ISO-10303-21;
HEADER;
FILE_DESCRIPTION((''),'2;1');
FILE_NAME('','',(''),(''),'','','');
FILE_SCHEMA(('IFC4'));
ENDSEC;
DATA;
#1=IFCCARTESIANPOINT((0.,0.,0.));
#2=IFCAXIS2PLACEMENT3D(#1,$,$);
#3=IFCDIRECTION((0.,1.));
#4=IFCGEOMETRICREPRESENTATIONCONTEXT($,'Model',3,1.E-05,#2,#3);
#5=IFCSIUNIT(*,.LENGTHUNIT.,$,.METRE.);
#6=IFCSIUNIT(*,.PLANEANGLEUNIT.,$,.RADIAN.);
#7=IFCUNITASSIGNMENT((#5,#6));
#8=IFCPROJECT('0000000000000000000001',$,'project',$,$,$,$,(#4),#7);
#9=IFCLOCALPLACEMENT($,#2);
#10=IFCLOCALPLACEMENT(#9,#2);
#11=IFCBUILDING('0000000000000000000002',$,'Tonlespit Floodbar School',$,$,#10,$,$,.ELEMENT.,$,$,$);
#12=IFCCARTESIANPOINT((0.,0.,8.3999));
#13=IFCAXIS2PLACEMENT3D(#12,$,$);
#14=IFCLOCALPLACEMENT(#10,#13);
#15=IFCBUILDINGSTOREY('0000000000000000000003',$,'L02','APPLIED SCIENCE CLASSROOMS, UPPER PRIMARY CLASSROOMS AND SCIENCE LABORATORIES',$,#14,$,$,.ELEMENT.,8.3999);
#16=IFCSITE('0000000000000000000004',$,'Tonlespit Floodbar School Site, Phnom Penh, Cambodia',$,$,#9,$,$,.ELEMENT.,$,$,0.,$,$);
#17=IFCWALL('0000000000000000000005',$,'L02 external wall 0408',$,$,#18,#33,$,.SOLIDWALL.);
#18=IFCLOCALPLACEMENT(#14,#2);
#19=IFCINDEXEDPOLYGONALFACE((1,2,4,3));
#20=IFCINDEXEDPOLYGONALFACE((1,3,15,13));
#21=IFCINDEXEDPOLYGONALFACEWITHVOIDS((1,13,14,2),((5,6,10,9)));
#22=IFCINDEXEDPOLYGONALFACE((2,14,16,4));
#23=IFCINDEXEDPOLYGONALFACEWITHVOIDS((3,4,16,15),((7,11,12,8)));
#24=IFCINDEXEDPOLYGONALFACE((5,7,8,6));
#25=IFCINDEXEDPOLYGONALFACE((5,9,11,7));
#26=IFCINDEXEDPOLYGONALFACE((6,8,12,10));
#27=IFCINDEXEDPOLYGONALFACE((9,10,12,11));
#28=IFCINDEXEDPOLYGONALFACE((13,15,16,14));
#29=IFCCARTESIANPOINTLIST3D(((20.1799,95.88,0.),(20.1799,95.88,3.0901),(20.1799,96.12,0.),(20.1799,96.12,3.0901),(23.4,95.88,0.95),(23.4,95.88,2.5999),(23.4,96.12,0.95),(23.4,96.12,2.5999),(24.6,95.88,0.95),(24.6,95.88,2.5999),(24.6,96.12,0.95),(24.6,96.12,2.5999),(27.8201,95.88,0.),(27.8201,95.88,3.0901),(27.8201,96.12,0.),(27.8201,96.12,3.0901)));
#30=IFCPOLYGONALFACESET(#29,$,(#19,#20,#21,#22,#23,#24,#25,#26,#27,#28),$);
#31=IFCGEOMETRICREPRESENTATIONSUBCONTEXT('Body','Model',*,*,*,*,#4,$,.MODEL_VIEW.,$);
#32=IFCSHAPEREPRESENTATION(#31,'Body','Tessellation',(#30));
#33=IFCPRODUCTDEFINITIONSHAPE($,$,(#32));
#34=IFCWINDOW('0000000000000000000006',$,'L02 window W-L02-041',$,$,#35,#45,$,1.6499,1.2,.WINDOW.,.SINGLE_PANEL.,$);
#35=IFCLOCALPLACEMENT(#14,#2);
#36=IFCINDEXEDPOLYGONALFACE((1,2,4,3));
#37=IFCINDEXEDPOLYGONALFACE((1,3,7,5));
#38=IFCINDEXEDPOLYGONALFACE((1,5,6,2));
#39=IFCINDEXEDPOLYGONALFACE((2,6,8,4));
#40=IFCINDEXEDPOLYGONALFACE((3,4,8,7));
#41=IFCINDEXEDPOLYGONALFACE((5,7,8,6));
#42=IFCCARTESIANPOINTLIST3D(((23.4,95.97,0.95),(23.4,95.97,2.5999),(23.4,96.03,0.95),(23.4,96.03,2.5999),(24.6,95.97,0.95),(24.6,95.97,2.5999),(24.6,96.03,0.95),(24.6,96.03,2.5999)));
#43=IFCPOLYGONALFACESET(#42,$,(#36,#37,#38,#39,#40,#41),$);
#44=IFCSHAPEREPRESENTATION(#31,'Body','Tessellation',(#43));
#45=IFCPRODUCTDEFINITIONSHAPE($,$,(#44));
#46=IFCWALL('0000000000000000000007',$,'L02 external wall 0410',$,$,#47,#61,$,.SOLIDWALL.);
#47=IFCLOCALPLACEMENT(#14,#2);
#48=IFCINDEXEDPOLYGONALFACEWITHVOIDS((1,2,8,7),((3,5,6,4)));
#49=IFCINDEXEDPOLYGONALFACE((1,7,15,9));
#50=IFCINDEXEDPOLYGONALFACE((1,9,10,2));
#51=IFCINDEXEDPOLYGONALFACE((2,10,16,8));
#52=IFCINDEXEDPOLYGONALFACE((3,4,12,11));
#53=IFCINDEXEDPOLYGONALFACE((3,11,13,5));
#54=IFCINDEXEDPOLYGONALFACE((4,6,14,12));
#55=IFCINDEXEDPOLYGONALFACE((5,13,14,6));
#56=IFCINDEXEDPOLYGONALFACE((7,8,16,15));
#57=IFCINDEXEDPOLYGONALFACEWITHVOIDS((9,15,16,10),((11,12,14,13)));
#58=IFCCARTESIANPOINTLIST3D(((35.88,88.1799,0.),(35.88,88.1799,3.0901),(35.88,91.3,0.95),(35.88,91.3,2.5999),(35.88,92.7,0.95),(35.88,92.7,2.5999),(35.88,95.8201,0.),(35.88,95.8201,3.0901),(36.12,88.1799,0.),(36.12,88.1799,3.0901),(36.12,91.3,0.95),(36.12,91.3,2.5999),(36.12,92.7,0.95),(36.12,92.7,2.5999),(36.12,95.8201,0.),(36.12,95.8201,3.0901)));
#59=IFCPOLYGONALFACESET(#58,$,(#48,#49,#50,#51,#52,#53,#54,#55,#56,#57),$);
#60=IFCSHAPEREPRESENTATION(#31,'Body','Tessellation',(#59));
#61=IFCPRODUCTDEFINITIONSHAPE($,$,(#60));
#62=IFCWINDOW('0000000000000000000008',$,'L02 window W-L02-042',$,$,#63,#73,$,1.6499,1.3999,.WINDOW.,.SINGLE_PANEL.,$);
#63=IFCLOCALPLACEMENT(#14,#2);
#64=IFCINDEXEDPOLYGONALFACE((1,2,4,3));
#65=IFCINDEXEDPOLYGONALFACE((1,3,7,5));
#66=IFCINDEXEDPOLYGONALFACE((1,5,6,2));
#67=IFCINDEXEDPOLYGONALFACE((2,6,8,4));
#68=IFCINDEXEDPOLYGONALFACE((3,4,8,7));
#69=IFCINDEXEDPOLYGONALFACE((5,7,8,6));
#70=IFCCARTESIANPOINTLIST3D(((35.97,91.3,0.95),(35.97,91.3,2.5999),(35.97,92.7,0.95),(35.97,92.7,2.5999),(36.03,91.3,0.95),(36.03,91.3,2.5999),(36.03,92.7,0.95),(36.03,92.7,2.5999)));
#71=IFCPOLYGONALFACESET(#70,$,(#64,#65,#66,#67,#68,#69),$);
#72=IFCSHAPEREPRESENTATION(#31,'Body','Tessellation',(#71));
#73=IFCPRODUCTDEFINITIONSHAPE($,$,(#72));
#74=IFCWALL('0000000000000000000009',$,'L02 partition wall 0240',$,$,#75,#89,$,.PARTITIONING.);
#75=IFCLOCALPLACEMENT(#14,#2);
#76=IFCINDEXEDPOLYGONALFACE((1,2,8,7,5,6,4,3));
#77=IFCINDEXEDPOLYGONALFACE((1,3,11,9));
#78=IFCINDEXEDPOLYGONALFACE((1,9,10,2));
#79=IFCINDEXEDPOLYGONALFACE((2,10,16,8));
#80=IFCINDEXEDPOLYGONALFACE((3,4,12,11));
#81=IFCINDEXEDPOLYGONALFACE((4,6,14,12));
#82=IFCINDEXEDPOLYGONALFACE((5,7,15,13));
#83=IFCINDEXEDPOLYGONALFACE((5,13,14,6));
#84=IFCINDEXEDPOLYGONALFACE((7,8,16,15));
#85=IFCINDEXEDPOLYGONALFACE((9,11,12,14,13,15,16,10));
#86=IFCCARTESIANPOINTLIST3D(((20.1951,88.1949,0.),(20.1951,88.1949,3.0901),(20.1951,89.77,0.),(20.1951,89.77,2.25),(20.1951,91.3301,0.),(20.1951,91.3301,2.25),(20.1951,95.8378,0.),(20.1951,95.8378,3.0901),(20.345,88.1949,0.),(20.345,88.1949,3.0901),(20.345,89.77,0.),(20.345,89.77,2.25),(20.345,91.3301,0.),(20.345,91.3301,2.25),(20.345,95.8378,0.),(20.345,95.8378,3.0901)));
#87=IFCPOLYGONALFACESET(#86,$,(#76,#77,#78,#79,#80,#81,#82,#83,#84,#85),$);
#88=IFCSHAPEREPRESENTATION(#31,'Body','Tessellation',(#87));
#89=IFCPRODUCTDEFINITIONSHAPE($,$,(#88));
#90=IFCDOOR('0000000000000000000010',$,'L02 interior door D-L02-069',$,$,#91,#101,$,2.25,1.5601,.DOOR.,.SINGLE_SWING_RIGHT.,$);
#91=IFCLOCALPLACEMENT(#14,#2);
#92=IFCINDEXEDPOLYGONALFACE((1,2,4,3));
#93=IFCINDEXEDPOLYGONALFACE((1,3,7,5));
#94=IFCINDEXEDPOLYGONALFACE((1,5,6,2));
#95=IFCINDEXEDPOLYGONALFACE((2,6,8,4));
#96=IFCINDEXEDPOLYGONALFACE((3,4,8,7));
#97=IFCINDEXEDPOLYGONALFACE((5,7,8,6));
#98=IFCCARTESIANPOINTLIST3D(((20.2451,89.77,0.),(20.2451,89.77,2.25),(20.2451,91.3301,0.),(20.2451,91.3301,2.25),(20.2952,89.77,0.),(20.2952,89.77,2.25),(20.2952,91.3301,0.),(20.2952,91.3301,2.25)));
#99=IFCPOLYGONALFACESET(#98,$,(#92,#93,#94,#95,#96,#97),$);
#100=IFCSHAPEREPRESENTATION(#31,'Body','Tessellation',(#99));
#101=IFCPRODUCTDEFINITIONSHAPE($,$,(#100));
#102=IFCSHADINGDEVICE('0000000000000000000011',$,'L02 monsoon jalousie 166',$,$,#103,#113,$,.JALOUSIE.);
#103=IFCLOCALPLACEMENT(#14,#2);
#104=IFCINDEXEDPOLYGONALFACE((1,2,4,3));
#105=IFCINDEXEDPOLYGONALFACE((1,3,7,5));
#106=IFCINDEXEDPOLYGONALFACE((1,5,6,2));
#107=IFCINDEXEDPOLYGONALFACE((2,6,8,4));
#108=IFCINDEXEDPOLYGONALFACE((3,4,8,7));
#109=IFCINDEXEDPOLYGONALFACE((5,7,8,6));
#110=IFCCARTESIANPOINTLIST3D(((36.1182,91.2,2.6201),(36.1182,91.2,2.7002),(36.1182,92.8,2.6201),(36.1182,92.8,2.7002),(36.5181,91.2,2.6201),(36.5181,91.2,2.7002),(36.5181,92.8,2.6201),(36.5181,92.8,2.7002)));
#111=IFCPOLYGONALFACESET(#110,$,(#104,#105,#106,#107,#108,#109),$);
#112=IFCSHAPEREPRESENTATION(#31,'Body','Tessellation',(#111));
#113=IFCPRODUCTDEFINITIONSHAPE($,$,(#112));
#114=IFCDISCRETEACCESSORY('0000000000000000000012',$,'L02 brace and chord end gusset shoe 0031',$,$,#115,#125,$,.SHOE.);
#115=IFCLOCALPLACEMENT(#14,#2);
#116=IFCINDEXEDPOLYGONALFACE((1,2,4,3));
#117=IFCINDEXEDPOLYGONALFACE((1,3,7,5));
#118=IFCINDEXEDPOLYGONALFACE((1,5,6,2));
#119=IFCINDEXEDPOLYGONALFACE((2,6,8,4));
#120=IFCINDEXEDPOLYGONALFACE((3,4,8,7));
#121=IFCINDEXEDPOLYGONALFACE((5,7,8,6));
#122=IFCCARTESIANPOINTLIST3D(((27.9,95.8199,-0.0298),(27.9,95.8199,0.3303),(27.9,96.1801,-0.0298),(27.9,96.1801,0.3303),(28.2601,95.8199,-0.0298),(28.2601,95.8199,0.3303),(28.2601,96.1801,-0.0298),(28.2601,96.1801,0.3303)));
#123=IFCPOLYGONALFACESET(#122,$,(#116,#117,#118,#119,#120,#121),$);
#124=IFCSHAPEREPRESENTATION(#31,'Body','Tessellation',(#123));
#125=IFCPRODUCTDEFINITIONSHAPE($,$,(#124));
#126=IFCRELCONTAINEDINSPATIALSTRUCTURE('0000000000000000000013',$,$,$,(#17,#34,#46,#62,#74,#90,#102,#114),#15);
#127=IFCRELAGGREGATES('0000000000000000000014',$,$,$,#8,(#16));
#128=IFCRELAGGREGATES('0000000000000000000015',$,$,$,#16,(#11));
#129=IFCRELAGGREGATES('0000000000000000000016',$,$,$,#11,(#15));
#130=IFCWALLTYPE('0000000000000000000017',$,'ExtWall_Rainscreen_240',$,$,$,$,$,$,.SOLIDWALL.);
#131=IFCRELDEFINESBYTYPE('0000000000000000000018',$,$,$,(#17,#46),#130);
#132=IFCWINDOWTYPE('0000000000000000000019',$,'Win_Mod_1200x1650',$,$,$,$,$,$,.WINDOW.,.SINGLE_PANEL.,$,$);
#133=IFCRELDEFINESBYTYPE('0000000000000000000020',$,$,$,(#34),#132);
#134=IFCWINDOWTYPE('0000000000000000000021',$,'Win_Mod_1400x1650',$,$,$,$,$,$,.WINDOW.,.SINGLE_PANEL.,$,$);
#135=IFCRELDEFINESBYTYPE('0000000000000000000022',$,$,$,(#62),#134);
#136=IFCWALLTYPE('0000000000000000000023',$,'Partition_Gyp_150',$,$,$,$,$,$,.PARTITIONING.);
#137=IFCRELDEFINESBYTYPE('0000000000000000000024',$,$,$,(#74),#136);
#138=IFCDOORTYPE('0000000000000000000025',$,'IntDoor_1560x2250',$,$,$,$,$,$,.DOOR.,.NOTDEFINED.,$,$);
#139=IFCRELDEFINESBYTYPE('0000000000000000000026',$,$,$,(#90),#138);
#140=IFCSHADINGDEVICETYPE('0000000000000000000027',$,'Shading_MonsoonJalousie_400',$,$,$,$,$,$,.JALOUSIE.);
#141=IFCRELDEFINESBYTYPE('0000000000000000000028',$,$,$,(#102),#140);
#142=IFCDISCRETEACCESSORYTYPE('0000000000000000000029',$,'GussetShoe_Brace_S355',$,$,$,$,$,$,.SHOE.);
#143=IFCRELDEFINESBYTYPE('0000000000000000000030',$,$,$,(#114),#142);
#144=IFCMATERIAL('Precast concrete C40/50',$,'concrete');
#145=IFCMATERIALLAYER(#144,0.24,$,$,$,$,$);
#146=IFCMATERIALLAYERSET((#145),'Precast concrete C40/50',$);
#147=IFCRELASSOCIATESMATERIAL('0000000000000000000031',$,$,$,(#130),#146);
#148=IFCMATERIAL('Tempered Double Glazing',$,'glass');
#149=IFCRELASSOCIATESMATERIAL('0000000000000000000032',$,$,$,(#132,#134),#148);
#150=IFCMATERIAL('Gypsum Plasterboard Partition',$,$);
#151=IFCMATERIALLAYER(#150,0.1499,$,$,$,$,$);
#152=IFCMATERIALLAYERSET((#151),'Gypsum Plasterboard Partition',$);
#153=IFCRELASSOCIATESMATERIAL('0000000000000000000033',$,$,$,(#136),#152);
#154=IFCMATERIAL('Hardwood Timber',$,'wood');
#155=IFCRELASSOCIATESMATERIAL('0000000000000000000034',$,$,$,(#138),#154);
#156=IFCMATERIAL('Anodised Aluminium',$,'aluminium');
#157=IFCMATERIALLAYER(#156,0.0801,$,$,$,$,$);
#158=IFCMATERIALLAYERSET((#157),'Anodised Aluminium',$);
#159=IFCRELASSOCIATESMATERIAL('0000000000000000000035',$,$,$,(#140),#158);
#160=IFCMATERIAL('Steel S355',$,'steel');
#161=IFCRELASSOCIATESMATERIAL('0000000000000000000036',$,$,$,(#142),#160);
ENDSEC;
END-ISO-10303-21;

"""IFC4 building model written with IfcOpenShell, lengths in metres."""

from ifc_helpers import new_model, si_unit, direction, frame, frame_2d, origin, origin_2d, place, context, subcontext, project, spatial, rectangle, extrude, material, layer, layer_set, type_object, element, fill, save


model = new_model("IFC4")

# Units and contexts
model_context = context("Model", 3, precision=1e-05, world=origin(), true_north=direction((0.0, 1.0)))
body_context = subcontext(model_context, "Body", "Model", "MODEL_VIEW")
ifc_project = project(units=[si_unit("LENGTHUNIT", "METRE"), si_unit("PLANEANGLEUNIT", "RADIAN")], contexts=[model_context])

# Site, building, storey
site_placement = place(None, origin())
site = spatial("IfcSite", under=ifc_project, at=site_placement, Name="Tonlespit Floodbar School Site, Phnom Penh, Cambodia", CompositionType="ELEMENT", RefElevation=0.0)
building_placement = place(site_placement, origin())
building = spatial("IfcBuilding", under=site, at=building_placement, Name="Tonlespit Floodbar School", CompositionType="ELEMENT")
storey_placement = place(building_placement, frame((0.0, 0.0, 8.3999)))
storey = spatial("IfcBuildingStorey", under=building, at=storey_placement, Name="L02", Description="APPLIED SCIENCE CLASSROOMS, UPPER PRIMARY CLASSROOMS AND SCIENCE LABORATORIES", CompositionType="ELEMENT", Elevation=8.3999)

# Shared definitions
ifc_material_1 = material(Name="Steel S355", Category="steel")

# Walls, openings, windows
ifc_material_2 = material(Name="Precast concrete C40/50", Category="concrete")
ifc_layer_1 = layer(ifc_material_2, 0.24)
ifc_layer_set_1 = layer_set([ifc_layer_1], Name="Precast concrete C40/50")
wall_type_1 = type_object("IfcWallType", Name="ExtWall_Rainscreen_240", PredefinedType="SOLIDWALL", material=ifc_layer_set_1)
wall_1_placement = place(storey_placement, frame((20.1799, 96.0, 0.0), z_axis=(0.0, 0.0, 1.0), x_axis=(1.0, 0.0, 0.0)))
wall_1 = element("IfcWall", 1, at=wall_1_placement, inside=storey, type_object=wall_type_1, Name="L02 external wall 0408", PredefinedType="SOLIDWALL", context=body_context, shape_type="SweptSolid", body=[
    extrude(rectangle(XDim=7.6401, YDim=0.24, at=frame_2d((3.8201, 0.0))), origin(), (0.0, 0.0, 1.0), 3.0901),
])
opening_1_placement = place(wall_1_placement, frame((3.22, 0.0, 0.95)))
opening_1 = element("IfcOpeningElement", 2, at=opening_1_placement, cuts=wall_1, PredefinedType="OPENING", context=body_context, shape_type="SweptSolid", body=[
    extrude(rectangle(XDim=1.2, YDim=1.6499, at=frame_2d((0.6001, 0.825))), frame((0.0, 0.1299, 0.0), z_axis=(0.0, -1.0, 0.0), x_axis=(1.0, 0.0, 0.0)), (0.0, 0.0, 1.0), 0.26),
])
ifc_material_3 = material(Name="Tempered Double Glazing", Category="glass")
window_type_1 = type_object("IfcWindowType", Name="Win_Mod_1200x1650", PartitioningType="SINGLE_PANEL", PredefinedType="WINDOW", material=ifc_material_3)
window_1_placement = place(opening_1_placement, origin())
window_1 = element("IfcWindow", 3, at=window_1_placement, inside=storey, type_object=window_type_1, Name="L02 window W-L02-041", OverallHeight=1.6499, OverallWidth=1.2, PartitioningType="SINGLE_PANEL", PredefinedType="WINDOW", context=body_context, shape_type="SweptSolid", body=[
    extrude(rectangle(XDim=1.2, YDim=1.6499, at=frame_2d((0.6001, 0.825))), frame((0.0, 0.03, 0.0), z_axis=(0.0, -1.0, 0.0), x_axis=(1.0, 0.0, 0.0)), (0.0, 0.0, 1.0), 0.0601),
])
fill(opening_1, window_1)
wall_2_placement = place(storey_placement, frame((36.0, 95.8201, 0.0), z_axis=(0.0, 0.0, 1.0), x_axis=(0.0, -1.0, 0.0)))
wall_2 = element("IfcWall", 4, at=wall_2_placement, inside=storey, type_object=wall_type_1, Name="L02 external wall 0410", PredefinedType="SOLIDWALL", context=body_context, shape_type="SweptSolid", body=[
    extrude(rectangle(XDim=7.6401, YDim=0.24, at=frame_2d((3.8201, 0.0))), origin(), (0.0, 0.0, 1.0), 3.0901),
])
opening_2_placement = place(wall_2_placement, frame((3.1201, 0.0, 0.95)))
opening_2 = element("IfcOpeningElement", 5, at=opening_2_placement, cuts=wall_2, PredefinedType="OPENING", context=body_context, shape_type="SweptSolid", body=[
    extrude(rectangle(XDim=1.3999, YDim=1.6499, at=frame_2d((0.7, 0.825))), frame((0.0, 0.1299, 0.0), z_axis=(0.0, -1.0, 0.0), x_axis=(1.0, 0.0, 0.0)), (0.0, 0.0, 1.0), 0.26),
])
window_type_2 = type_object("IfcWindowType", Name="Win_Mod_1400x1650", PartitioningType="SINGLE_PANEL", PredefinedType="WINDOW", material=ifc_material_3)
window_2_placement = place(opening_2_placement, origin())
window_2 = element("IfcWindow", 6, at=window_2_placement, inside=storey, type_object=window_type_2, Name="L02 window W-L02-042", OverallHeight=1.6499, OverallWidth=1.3999, PartitioningType="SINGLE_PANEL", PredefinedType="WINDOW", context=body_context, shape_type="SweptSolid", body=[
    extrude(rectangle(XDim=1.3999, YDim=1.6499, at=frame_2d((0.7, 0.825))), frame((0.0, 0.03, 0.0), z_axis=(0.0, -1.0, 0.0), x_axis=(1.0, 0.0, 0.0)), (0.0, 0.0, 1.0), 0.0601),
])
fill(opening_2, window_2)

# Wall, opening, door
ifc_material_4 = material(Name="Gypsum Plasterboard Partition")
ifc_layer_2 = layer(ifc_material_4, 0.1499)
ifc_layer_set_2 = layer_set([ifc_layer_2], Name="Gypsum Plasterboard Partition")
wall_type_2 = type_object("IfcWallType", Name="Partition_Gyp_150", PredefinedType="PARTITIONING", material=ifc_layer_set_2)
wall_3_placement = place(storey_placement, frame((20.27, 88.1951, 0.0), z_axis=(0.0, 0.0, 1.0), x_axis=(0.0, 1.0, 0.0)))
wall_3 = element("IfcWall", 7, at=wall_3_placement, inside=storey, type_object=wall_type_2, Name="L02 partition wall 0240", PredefinedType="PARTITIONING", context=body_context, shape_type="SweptSolid", body=[
    extrude(rectangle(XDim=7.6428, YDim=0.1499, at=frame_2d((3.8213, 0.0))), origin(), (0.0, 0.0, 1.0), 3.0901),
])
opening_3_placement = place(wall_3_placement, frame((1.575, 0.0, 0.0)))
opening_3 = element("IfcOpeningElement", 8, at=opening_3_placement, cuts=wall_3, PredefinedType="OPENING", context=body_context, shape_type="SweptSolid", body=[
    extrude(rectangle(XDim=1.5601, YDim=2.25, at=frame_2d((0.78, 1.125))), frame((0.0, 0.085, 0.0), z_axis=(0.0, -1.0, 0.0), x_axis=(1.0, 0.0, 0.0)), (0.0, 0.0, 1.0), 0.1699),
])
ifc_material_5 = material(Name="Hardwood Timber", Category="wood")
door_type = type_object("IfcDoorType", Name="IntDoor_1560x2250", OperationType="NOTDEFINED", PredefinedType="DOOR", material=ifc_material_5)
door_placement = place(opening_3_placement, origin())
door = element("IfcDoor", 9, at=door_placement, inside=storey, type_object=door_type, Name="L02 interior door D-L02-069", OperationType="SINGLE_SWING_RIGHT", OverallHeight=2.25, OverallWidth=1.5601, PredefinedType="DOOR", context=body_context, shape_type="SweptSolid", body=[
    extrude(rectangle(XDim=1.5601, YDim=2.25, at=frame_2d((0.78, 1.125))), frame((0.0, 0.0249, 0.0), z_axis=(0.0, -1.0, 0.0), x_axis=(1.0, 0.0, 0.0)), (0.0, 0.0, 1.0), 0.05),
])
fill(opening_3, door)

# Shading device
ifc_material_6 = material(Name="Anodised Aluminium", Category="aluminium")
ifc_layer_3 = layer(ifc_material_6, 0.0801)
ifc_layer_set_3 = layer_set([ifc_layer_3], Name="Anodised Aluminium")
shading_device_type = type_object("IfcShadingDeviceType", Name="Shading_MonsoonJalousie_400", PredefinedType="JALOUSIE", material=ifc_layer_set_3)
shading_device_placement = place(storey_placement, frame((36.3181, 92.0, 2.6201), z_axis=(0.0, 0.0, 1.0), x_axis=(0.0, -1.0, 0.0)))
element("IfcShadingDevice", 10, at=shading_device_placement, inside=storey, type_object=shading_device_type, Name="L02 monsoon jalousie 166", PredefinedType="JALOUSIE", context=body_context, shape_type="SweptSolid", body=[
    extrude(rectangle(XDim=1.6001, YDim=0.3999, at=origin_2d()), origin(), (0.0, 0.0, 1.0), 0.0801),
])

# Discrete accessory
discrete_accessory_type = type_object("IfcDiscreteAccessoryType", Name="GussetShoe_Brace_S355", PredefinedType="SHOE", material=ifc_material_1)
discrete_accessory_placement = place(storey_placement, frame((28.0801, 96.0, -0.0298), z_axis=(0.0, 0.0, 1.0), x_axis=(1.0, 0.0, 0.0)))
element("IfcDiscreteAccessory", 11, at=discrete_accessory_placement, inside=storey, type_object=discrete_accessory_type, Name="L02 brace and chord end gusset shoe 0031", PredefinedType="SHOE", context=body_context, shape_type="SweptSolid", body=[
    extrude(rectangle(XDim=0.3601, YDim=0.3601, at=origin_2d()), origin(), (0.0, 0.0, 1.0), 0.3601),
])

save(model, "model.ifc")
